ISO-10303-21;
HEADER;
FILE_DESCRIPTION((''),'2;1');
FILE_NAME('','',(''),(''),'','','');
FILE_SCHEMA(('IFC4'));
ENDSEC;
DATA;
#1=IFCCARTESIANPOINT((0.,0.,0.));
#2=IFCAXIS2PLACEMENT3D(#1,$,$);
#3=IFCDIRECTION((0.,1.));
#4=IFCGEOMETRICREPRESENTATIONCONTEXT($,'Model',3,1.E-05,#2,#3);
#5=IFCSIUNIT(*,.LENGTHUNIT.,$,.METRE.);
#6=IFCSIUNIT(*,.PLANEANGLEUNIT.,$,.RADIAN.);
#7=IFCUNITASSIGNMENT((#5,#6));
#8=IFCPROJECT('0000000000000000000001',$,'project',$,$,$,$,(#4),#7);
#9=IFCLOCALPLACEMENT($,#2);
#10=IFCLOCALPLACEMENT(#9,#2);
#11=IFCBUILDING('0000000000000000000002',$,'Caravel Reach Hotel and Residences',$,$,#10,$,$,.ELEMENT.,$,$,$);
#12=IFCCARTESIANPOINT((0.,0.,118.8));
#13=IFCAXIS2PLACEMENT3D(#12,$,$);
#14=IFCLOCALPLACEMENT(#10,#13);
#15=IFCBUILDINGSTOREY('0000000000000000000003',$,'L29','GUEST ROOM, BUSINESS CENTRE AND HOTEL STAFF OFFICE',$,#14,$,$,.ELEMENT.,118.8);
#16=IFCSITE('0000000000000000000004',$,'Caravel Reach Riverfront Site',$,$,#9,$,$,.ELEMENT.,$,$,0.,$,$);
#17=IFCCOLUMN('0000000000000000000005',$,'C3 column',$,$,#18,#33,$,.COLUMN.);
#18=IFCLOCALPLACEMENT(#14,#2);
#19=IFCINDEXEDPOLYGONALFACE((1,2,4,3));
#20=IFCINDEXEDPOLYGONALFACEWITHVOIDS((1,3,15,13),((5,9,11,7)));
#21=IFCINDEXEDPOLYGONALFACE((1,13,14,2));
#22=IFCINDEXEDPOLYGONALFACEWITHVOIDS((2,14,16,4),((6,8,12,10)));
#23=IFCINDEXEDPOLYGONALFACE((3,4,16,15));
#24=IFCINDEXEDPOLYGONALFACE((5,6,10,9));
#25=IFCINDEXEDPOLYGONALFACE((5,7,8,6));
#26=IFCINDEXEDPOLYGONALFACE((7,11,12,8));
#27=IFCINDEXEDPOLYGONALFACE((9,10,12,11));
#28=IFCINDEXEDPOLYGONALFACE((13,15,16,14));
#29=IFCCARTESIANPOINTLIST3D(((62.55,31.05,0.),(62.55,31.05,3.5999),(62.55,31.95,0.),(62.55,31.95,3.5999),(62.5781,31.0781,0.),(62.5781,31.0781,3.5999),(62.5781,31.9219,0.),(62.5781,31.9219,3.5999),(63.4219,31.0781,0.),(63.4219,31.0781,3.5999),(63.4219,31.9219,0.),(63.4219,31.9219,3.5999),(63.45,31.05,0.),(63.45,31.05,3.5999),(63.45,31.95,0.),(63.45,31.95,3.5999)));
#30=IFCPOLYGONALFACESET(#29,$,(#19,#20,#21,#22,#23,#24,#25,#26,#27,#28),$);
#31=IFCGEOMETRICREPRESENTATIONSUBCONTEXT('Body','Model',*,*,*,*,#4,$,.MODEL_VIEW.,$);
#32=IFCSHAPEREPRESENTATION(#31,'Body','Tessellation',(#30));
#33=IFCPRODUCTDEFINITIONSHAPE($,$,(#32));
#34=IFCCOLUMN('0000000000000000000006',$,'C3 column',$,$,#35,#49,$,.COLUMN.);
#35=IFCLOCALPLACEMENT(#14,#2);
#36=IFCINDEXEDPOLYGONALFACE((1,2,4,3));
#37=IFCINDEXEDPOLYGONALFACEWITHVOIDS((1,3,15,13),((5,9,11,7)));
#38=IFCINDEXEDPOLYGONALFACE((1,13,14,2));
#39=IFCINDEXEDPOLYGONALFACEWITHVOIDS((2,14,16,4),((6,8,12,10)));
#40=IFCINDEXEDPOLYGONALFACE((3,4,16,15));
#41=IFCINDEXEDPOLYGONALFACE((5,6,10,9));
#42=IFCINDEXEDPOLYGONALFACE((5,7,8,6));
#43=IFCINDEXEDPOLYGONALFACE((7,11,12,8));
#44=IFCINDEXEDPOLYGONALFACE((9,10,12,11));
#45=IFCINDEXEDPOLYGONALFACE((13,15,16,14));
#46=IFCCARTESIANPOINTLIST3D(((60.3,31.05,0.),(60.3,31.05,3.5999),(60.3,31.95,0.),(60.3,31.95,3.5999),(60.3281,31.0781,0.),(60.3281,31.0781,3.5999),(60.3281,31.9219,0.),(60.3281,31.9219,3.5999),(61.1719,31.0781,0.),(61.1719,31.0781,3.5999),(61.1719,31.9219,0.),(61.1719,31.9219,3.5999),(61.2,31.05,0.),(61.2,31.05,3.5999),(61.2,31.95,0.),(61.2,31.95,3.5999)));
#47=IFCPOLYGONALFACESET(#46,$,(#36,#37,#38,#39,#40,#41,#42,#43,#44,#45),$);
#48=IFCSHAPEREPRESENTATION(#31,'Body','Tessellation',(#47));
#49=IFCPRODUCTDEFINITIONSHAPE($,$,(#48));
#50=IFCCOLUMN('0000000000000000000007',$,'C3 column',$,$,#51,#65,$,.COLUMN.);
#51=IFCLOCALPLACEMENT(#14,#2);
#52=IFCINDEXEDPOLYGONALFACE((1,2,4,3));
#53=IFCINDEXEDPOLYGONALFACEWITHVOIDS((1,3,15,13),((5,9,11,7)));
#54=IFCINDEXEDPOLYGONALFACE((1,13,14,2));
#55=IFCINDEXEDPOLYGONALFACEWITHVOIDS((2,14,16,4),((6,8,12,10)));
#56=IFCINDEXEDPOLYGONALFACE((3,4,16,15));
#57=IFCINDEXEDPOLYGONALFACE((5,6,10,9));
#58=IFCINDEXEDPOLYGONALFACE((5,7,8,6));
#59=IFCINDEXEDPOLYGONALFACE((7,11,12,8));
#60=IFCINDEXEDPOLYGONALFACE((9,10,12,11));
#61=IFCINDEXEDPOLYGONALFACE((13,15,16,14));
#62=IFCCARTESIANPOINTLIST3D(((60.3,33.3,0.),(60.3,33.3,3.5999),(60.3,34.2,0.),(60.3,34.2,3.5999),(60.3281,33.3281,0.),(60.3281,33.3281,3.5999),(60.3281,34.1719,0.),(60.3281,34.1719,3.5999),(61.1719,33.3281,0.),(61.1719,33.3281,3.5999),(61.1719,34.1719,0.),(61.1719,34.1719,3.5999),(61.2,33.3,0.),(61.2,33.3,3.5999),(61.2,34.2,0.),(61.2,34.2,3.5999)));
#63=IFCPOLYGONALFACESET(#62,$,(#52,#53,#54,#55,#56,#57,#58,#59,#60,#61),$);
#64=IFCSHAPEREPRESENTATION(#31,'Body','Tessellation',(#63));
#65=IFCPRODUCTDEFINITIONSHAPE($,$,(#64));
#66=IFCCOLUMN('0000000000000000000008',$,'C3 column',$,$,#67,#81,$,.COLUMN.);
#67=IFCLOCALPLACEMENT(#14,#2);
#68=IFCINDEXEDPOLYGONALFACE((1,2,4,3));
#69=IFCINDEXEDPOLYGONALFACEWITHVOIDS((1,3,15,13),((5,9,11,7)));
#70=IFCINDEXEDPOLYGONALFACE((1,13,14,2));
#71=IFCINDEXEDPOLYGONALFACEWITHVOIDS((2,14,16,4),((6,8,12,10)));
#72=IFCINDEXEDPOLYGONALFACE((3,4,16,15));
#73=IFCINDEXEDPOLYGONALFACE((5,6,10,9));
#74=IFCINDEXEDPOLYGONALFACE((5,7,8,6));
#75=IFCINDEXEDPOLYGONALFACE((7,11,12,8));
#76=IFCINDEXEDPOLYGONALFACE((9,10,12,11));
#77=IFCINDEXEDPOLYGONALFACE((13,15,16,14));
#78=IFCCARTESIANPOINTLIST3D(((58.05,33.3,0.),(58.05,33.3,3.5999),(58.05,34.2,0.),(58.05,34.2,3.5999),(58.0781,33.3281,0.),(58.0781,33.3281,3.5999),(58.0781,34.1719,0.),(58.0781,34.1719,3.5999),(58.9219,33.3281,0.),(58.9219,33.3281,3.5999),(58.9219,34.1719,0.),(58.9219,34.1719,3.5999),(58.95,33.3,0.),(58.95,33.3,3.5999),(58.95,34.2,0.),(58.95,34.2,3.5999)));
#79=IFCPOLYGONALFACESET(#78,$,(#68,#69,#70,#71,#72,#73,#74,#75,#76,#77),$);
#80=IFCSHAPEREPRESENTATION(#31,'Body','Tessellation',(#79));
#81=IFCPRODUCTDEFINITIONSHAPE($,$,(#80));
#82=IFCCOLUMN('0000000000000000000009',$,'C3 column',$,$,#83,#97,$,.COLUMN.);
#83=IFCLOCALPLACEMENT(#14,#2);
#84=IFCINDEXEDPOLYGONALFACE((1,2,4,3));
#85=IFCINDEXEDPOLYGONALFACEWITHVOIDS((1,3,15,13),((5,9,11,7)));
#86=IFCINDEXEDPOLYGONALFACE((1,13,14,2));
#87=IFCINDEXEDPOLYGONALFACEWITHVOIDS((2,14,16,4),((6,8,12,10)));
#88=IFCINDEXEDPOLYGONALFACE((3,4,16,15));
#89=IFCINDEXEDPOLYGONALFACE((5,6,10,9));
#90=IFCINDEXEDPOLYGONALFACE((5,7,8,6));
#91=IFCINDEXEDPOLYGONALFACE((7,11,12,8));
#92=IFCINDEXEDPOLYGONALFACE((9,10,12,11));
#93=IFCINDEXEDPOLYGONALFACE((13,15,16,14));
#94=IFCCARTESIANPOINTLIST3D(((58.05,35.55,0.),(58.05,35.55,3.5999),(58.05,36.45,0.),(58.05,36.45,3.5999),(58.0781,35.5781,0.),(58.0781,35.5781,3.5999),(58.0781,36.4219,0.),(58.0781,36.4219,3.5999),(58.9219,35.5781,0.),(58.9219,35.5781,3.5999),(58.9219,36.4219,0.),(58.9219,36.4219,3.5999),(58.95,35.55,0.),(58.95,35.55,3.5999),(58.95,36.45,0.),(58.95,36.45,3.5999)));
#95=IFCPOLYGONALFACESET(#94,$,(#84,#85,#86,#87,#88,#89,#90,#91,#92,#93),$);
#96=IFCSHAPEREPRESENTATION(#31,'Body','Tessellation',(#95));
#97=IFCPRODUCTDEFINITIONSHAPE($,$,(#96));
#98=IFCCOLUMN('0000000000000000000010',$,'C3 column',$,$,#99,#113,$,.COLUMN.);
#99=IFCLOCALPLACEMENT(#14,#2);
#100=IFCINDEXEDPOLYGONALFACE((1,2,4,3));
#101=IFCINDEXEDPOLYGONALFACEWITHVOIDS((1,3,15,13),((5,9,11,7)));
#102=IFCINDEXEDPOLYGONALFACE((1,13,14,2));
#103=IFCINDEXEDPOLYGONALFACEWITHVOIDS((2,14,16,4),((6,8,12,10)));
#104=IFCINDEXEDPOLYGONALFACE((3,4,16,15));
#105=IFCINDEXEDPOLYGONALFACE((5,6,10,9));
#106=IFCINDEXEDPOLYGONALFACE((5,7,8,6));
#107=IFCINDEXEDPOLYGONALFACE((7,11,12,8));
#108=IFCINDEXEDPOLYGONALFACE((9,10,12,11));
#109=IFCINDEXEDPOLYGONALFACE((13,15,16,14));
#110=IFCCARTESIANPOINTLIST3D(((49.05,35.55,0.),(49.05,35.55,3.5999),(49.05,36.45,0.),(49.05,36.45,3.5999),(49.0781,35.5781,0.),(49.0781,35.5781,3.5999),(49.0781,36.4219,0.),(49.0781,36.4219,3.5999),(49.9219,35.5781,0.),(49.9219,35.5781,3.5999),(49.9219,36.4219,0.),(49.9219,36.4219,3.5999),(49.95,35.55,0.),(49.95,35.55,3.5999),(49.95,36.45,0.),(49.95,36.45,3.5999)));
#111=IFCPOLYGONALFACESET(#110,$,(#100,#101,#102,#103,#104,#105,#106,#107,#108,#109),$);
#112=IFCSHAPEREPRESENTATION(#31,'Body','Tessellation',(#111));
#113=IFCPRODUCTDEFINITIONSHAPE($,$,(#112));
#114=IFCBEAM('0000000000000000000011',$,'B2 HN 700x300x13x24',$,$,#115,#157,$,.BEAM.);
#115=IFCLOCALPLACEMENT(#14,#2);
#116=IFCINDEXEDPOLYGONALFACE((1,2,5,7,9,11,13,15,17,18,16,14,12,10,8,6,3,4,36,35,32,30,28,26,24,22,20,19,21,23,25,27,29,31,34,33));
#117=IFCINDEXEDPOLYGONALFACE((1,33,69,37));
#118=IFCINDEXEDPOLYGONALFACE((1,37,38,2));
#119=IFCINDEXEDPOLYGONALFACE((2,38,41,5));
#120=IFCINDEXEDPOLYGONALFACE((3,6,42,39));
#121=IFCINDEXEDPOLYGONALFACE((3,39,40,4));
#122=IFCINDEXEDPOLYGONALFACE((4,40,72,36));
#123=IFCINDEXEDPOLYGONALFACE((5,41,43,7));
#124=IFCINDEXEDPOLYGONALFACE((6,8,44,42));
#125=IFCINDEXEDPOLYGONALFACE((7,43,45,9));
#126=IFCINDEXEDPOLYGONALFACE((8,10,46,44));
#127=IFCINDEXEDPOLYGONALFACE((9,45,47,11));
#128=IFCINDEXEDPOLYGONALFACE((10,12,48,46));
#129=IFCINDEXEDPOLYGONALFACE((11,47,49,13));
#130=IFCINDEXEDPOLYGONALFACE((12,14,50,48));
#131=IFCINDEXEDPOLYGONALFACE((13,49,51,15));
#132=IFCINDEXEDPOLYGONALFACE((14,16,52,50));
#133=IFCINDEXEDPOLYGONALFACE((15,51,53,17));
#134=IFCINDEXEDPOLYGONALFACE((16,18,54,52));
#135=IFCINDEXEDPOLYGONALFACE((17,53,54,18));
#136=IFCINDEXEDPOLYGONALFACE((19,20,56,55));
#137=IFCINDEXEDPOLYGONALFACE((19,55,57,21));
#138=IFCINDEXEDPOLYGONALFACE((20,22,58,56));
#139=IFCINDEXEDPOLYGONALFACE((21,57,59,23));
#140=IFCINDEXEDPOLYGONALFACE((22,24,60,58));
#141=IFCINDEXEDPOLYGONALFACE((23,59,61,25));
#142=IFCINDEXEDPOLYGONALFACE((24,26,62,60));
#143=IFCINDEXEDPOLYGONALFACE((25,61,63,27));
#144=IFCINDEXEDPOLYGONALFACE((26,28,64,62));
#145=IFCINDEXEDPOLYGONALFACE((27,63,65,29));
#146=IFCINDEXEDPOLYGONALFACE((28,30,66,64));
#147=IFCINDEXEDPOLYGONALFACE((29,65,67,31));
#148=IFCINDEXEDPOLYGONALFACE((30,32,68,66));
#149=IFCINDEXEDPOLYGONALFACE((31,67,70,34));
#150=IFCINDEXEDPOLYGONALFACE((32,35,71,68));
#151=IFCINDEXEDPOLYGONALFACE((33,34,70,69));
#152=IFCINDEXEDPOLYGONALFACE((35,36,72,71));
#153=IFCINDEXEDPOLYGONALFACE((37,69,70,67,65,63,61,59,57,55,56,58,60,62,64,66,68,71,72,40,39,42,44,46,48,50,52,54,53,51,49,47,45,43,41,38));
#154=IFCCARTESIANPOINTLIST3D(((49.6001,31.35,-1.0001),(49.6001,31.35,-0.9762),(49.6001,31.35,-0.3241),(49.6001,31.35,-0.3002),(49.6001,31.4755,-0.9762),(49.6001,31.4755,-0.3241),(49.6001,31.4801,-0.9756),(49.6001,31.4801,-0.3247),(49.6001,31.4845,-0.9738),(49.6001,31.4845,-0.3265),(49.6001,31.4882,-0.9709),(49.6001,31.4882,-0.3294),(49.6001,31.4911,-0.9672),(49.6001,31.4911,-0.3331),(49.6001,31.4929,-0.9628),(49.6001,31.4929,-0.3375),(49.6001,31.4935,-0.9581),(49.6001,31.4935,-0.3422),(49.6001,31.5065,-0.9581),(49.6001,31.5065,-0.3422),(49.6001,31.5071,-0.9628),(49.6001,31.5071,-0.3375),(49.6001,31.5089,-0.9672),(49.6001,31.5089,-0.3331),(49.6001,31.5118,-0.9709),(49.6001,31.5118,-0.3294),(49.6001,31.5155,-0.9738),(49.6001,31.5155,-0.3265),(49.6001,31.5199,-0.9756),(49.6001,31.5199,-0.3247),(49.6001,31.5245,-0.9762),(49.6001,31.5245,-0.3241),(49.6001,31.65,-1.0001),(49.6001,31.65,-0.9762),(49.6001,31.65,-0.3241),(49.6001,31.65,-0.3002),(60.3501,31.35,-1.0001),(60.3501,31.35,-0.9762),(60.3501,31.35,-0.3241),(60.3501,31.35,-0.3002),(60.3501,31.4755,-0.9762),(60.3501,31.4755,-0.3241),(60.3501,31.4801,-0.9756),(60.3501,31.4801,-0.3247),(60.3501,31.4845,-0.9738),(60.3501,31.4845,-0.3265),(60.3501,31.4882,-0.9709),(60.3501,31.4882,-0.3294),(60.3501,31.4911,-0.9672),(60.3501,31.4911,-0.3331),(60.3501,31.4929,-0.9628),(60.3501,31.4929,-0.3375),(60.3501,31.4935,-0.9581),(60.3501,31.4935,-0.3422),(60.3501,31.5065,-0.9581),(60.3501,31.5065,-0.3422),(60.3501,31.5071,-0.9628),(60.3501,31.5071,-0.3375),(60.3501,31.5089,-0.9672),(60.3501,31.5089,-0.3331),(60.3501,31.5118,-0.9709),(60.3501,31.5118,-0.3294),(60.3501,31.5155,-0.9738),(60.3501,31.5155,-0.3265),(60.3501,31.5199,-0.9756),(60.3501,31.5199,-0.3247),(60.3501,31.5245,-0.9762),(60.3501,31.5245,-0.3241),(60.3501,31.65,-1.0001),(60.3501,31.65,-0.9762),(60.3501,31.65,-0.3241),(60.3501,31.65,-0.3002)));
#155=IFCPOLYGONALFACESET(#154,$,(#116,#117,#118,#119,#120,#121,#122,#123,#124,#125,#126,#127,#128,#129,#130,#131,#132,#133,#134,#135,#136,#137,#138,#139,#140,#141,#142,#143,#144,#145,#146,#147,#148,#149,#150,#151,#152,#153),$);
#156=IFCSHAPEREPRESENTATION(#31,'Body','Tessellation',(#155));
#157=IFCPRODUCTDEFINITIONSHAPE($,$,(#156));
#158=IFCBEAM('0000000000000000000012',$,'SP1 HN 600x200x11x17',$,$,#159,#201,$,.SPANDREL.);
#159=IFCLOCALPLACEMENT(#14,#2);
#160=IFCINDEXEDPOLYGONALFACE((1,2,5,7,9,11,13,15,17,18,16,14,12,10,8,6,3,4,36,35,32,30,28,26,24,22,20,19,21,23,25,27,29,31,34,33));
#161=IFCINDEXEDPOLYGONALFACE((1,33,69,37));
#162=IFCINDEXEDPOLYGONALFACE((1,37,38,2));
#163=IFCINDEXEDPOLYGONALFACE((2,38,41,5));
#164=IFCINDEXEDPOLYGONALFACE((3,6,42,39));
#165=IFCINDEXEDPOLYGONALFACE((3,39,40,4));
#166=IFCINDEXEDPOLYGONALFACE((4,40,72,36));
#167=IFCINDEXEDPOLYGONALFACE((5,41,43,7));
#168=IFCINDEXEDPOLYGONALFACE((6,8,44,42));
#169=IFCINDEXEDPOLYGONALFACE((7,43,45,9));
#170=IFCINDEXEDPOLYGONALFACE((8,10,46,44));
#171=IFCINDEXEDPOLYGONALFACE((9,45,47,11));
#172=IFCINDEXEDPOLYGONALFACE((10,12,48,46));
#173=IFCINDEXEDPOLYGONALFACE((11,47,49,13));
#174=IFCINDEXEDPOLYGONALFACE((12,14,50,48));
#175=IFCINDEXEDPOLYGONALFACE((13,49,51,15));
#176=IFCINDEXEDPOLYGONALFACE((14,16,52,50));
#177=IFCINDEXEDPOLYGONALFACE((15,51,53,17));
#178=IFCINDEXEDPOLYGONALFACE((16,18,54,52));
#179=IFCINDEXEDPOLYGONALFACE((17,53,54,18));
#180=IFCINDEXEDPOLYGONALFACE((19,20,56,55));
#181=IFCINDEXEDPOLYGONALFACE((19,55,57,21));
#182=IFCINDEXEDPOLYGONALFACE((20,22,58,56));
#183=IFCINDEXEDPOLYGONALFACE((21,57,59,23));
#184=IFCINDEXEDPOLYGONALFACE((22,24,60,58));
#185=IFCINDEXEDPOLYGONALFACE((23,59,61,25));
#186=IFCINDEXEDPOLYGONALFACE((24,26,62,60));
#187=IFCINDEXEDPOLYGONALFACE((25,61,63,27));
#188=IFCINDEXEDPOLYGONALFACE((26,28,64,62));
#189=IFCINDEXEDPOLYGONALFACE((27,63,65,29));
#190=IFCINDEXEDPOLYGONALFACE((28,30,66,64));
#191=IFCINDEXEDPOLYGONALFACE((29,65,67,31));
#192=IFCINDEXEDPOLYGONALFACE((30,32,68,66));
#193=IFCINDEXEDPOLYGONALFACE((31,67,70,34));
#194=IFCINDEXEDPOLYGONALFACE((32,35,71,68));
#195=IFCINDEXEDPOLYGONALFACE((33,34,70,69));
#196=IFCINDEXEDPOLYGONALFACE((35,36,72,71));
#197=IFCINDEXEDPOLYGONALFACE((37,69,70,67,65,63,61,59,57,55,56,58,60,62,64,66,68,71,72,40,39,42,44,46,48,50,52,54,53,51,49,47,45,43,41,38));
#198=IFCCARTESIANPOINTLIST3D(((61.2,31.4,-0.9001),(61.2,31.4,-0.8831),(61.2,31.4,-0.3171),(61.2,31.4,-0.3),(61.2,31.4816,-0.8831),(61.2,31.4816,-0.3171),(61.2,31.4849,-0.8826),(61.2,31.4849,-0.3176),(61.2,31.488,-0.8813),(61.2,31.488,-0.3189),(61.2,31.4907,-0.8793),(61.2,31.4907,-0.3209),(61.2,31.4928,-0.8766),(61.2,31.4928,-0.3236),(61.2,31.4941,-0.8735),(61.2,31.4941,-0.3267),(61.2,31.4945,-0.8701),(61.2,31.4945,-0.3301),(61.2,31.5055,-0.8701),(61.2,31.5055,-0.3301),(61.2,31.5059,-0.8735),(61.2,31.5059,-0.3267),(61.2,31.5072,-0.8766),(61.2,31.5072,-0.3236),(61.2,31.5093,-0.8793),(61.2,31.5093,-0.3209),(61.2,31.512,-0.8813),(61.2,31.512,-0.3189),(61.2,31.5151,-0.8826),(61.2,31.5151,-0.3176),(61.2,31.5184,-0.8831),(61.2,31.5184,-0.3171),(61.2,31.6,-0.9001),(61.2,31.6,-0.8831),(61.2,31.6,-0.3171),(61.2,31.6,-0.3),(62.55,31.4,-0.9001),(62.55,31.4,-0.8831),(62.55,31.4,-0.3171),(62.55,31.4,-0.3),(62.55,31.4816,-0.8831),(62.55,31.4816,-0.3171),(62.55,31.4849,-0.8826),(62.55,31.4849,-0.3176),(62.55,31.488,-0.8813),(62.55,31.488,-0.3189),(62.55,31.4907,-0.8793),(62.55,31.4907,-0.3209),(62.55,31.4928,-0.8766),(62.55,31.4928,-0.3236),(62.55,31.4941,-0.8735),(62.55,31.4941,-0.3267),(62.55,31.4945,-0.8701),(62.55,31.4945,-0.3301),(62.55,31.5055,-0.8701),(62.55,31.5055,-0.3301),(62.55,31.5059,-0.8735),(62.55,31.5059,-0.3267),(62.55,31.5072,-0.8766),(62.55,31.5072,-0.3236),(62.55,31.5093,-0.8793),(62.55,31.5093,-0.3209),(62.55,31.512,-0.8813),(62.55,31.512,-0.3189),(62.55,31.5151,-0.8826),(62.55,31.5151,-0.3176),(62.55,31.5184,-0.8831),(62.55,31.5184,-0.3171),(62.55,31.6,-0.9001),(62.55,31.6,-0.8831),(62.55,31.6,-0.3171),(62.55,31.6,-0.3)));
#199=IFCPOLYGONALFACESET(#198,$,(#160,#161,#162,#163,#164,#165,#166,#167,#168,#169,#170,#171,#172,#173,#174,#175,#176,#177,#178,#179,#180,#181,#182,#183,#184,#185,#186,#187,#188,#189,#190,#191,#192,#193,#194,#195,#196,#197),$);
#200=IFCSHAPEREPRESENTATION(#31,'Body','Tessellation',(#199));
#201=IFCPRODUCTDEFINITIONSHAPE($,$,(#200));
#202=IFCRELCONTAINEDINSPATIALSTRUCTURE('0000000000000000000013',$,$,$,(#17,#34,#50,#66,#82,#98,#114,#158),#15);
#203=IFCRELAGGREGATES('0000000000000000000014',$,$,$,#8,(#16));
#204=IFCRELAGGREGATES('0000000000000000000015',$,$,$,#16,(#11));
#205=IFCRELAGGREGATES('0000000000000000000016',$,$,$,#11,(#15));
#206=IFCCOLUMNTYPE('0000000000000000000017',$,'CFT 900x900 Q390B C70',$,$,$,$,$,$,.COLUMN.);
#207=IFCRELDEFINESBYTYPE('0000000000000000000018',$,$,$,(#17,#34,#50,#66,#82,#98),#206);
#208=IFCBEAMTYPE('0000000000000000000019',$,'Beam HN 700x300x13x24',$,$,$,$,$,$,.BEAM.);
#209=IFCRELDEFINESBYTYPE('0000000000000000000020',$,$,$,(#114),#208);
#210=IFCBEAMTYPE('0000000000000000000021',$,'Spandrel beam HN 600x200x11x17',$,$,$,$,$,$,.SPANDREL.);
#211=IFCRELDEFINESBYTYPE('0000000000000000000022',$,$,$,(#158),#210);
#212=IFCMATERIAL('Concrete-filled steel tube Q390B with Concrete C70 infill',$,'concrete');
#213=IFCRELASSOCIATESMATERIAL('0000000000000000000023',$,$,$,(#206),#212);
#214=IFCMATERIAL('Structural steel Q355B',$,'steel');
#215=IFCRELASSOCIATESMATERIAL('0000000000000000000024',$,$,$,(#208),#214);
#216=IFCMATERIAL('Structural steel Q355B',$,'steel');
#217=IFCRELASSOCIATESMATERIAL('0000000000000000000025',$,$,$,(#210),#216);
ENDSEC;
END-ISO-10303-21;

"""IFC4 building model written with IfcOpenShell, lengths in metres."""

from ifc_helpers import new_model, si_unit, direction, frame, origin, origin_2d, place, context, subcontext, project, spatial, hollow_rectangle, i_section, extrude, material, material_profile, profile_set, type_object, element, save


model = new_model("IFC4")

# Units and contexts
model_context = context("Model", 3, precision=1e-05, world=origin(), true_north=direction((0.0, 1.0)))
body_context = subcontext(model_context, "Body", "Model", "MODEL_VIEW")
ifc_project = project(units=[si_unit("LENGTHUNIT", "METRE"), si_unit("PLANEANGLEUNIT", "RADIAN")], contexts=[model_context])

# Site, building, storey
site_placement = place(None, origin())
site = spatial("IfcSite", under=ifc_project, at=site_placement, Name="Caravel Reach Riverfront Site", CompositionType="ELEMENT", RefElevation=0.0)
building_placement = place(site_placement, origin())
building = spatial("IfcBuilding", under=site, at=building_placement, Name="Caravel Reach Hotel and Residences", CompositionType="ELEMENT")
storey_placement = place(building_placement, frame((0.0, 0.0, 118.8)))
storey = spatial("IfcBuildingStorey", under=building, at=storey_placement, Name="L29", Description="GUEST ROOM, BUSINESS CENTRE AND HOTEL STAFF OFFICE", CompositionType="ELEMENT", Elevation=118.8)

# Columns
ifc_material_1 = material(Name="Concrete-filled steel tube Q390B with Concrete C70 infill", Category="concrete")
ifc_material_profile_1 = material_profile(ifc_material_1, hollow_rectangle(XDim=0.8999, YDim=0.8999, WallThickness=0.0281, at=origin_2d()), Name="RHS 900x900x28")
ifc_profile_set_1 = profile_set([ifc_material_profile_1], Name="Concrete-filled steel tube Q390B with Concrete C70 infill")
column_type = type_object("IfcColumnType", Name="CFT 900x900 Q390B C70", PredefinedType="COLUMN", material=ifc_profile_set_1)
for number, where, z_axis, x_axis, name in (
    (1, (63.0, 31.5, 0.0), (0.0, 0.0, 1.0), (1.0, 0.0, 0.0), "C3 column"),
    (2, (60.75, 31.5, 0.0), (0.0, 0.0, 1.0), (1.0, 0.0, 0.0), "C3 column"),
    (3, (60.75, 33.75, 0.0), (0.0, 0.0, 1.0), (1.0, 0.0, 0.0), "C3 column"),
    (4, (58.5, 33.75, 0.0), (0.0, 0.0, 1.0), (1.0, 0.0, 0.0), "C3 column"),
    (5, (58.5, 36.0, 0.0), (0.0, 0.0, 1.0), (1.0, 0.0, 0.0), "C3 column"),
    (6, (49.5, 36.0, 0.0), (0.0, 0.0, 1.0), (1.0, 0.0, 0.0), "C3 column"),
):
    element("IfcColumn", number, at=place(storey_placement, frame(where, z_axis=z_axis, x_axis=x_axis)), inside=storey, type_object=column_type, Name=name, PredefinedType="COLUMN", context=body_context, shape_type="SweptSolid", body=[
        extrude(hollow_rectangle(XDim=0.8999, YDim=0.8999, WallThickness=0.0281, at=origin_2d()), origin(), (0.0, 0.0, 1.0), 3.5999),
    ])

# Beams
ifc_material_2 = material(Name="Structural steel Q355B", Category="steel")
ifc_material_profile_2 = material_profile(ifc_material_2, i_section(OverallWidth=0.3, OverallDepth=0.7, WebThickness=0.0129, FlangeThickness=0.0239, FilletRadius=0.0181, at=origin_2d()), Name="HN 700x300x13x24")
ifc_profile_set_2 = profile_set([ifc_material_profile_2], Name="Structural steel Q355B")
beam_type_1 = type_object("IfcBeamType", Name="Beam HN 700x300x13x24", PredefinedType="BEAM", material=ifc_profile_set_2)
beam_1_placement = place(storey_placement, frame((49.6001, 31.5, -0.6501), z_axis=(1.0, 0.0, 0.0), x_axis=(0.0, 1.0, 0.0)))
element("IfcBeam", 7, at=beam_1_placement, inside=storey, type_object=beam_type_1, Name="B2 HN 700x300x13x24", PredefinedType="BEAM", context=body_context, shape_type="SweptSolid", body=[
    extrude(i_section(OverallWidth=0.3, OverallDepth=0.7, WebThickness=0.0129, FlangeThickness=0.0239, FilletRadius=0.0181, at=origin_2d()), origin(), (0.0, 0.0, 1.0), 10.75),
])
ifc_material_3 = material(Name="Structural steel Q355B", Category="steel")
ifc_material_profile_3 = material_profile(ifc_material_3, i_section(OverallWidth=0.2, OverallDepth=0.6001, WebThickness=0.011, FlangeThickness=0.0171, FilletRadius=0.0129, at=origin_2d()), Name="HN 600x200x11x17")
ifc_profile_set_3 = profile_set([ifc_material_profile_3], Name="Structural steel Q355B")
beam_type_2 = type_object("IfcBeamType", Name="Spandrel beam HN 600x200x11x17", PredefinedType="SPANDREL", material=ifc_profile_set_3)
for number, where, z_axis, x_axis, name in (
    (8, (62.55, 31.5, -0.6001), (-1.0, 0.0, 0.0), (0.0, -1.0, 0.0), "SP1 HN 600x200x11x17"),
):
    element("IfcBeam", number, at=place(storey_placement, frame(where, z_axis=z_axis, x_axis=x_axis)), inside=storey, type_object=beam_type_2, Name=name, PredefinedType="SPANDREL", context=body_context, shape_type="SweptSolid", body=[
        extrude(i_section(OverallWidth=0.2, OverallDepth=0.6001, WebThickness=0.011, FlangeThickness=0.0171, FilletRadius=0.0129, at=origin_2d()), origin(), (0.0, 0.0, 1.0), 1.3501),
    ])

save(model, "model.ifc")
